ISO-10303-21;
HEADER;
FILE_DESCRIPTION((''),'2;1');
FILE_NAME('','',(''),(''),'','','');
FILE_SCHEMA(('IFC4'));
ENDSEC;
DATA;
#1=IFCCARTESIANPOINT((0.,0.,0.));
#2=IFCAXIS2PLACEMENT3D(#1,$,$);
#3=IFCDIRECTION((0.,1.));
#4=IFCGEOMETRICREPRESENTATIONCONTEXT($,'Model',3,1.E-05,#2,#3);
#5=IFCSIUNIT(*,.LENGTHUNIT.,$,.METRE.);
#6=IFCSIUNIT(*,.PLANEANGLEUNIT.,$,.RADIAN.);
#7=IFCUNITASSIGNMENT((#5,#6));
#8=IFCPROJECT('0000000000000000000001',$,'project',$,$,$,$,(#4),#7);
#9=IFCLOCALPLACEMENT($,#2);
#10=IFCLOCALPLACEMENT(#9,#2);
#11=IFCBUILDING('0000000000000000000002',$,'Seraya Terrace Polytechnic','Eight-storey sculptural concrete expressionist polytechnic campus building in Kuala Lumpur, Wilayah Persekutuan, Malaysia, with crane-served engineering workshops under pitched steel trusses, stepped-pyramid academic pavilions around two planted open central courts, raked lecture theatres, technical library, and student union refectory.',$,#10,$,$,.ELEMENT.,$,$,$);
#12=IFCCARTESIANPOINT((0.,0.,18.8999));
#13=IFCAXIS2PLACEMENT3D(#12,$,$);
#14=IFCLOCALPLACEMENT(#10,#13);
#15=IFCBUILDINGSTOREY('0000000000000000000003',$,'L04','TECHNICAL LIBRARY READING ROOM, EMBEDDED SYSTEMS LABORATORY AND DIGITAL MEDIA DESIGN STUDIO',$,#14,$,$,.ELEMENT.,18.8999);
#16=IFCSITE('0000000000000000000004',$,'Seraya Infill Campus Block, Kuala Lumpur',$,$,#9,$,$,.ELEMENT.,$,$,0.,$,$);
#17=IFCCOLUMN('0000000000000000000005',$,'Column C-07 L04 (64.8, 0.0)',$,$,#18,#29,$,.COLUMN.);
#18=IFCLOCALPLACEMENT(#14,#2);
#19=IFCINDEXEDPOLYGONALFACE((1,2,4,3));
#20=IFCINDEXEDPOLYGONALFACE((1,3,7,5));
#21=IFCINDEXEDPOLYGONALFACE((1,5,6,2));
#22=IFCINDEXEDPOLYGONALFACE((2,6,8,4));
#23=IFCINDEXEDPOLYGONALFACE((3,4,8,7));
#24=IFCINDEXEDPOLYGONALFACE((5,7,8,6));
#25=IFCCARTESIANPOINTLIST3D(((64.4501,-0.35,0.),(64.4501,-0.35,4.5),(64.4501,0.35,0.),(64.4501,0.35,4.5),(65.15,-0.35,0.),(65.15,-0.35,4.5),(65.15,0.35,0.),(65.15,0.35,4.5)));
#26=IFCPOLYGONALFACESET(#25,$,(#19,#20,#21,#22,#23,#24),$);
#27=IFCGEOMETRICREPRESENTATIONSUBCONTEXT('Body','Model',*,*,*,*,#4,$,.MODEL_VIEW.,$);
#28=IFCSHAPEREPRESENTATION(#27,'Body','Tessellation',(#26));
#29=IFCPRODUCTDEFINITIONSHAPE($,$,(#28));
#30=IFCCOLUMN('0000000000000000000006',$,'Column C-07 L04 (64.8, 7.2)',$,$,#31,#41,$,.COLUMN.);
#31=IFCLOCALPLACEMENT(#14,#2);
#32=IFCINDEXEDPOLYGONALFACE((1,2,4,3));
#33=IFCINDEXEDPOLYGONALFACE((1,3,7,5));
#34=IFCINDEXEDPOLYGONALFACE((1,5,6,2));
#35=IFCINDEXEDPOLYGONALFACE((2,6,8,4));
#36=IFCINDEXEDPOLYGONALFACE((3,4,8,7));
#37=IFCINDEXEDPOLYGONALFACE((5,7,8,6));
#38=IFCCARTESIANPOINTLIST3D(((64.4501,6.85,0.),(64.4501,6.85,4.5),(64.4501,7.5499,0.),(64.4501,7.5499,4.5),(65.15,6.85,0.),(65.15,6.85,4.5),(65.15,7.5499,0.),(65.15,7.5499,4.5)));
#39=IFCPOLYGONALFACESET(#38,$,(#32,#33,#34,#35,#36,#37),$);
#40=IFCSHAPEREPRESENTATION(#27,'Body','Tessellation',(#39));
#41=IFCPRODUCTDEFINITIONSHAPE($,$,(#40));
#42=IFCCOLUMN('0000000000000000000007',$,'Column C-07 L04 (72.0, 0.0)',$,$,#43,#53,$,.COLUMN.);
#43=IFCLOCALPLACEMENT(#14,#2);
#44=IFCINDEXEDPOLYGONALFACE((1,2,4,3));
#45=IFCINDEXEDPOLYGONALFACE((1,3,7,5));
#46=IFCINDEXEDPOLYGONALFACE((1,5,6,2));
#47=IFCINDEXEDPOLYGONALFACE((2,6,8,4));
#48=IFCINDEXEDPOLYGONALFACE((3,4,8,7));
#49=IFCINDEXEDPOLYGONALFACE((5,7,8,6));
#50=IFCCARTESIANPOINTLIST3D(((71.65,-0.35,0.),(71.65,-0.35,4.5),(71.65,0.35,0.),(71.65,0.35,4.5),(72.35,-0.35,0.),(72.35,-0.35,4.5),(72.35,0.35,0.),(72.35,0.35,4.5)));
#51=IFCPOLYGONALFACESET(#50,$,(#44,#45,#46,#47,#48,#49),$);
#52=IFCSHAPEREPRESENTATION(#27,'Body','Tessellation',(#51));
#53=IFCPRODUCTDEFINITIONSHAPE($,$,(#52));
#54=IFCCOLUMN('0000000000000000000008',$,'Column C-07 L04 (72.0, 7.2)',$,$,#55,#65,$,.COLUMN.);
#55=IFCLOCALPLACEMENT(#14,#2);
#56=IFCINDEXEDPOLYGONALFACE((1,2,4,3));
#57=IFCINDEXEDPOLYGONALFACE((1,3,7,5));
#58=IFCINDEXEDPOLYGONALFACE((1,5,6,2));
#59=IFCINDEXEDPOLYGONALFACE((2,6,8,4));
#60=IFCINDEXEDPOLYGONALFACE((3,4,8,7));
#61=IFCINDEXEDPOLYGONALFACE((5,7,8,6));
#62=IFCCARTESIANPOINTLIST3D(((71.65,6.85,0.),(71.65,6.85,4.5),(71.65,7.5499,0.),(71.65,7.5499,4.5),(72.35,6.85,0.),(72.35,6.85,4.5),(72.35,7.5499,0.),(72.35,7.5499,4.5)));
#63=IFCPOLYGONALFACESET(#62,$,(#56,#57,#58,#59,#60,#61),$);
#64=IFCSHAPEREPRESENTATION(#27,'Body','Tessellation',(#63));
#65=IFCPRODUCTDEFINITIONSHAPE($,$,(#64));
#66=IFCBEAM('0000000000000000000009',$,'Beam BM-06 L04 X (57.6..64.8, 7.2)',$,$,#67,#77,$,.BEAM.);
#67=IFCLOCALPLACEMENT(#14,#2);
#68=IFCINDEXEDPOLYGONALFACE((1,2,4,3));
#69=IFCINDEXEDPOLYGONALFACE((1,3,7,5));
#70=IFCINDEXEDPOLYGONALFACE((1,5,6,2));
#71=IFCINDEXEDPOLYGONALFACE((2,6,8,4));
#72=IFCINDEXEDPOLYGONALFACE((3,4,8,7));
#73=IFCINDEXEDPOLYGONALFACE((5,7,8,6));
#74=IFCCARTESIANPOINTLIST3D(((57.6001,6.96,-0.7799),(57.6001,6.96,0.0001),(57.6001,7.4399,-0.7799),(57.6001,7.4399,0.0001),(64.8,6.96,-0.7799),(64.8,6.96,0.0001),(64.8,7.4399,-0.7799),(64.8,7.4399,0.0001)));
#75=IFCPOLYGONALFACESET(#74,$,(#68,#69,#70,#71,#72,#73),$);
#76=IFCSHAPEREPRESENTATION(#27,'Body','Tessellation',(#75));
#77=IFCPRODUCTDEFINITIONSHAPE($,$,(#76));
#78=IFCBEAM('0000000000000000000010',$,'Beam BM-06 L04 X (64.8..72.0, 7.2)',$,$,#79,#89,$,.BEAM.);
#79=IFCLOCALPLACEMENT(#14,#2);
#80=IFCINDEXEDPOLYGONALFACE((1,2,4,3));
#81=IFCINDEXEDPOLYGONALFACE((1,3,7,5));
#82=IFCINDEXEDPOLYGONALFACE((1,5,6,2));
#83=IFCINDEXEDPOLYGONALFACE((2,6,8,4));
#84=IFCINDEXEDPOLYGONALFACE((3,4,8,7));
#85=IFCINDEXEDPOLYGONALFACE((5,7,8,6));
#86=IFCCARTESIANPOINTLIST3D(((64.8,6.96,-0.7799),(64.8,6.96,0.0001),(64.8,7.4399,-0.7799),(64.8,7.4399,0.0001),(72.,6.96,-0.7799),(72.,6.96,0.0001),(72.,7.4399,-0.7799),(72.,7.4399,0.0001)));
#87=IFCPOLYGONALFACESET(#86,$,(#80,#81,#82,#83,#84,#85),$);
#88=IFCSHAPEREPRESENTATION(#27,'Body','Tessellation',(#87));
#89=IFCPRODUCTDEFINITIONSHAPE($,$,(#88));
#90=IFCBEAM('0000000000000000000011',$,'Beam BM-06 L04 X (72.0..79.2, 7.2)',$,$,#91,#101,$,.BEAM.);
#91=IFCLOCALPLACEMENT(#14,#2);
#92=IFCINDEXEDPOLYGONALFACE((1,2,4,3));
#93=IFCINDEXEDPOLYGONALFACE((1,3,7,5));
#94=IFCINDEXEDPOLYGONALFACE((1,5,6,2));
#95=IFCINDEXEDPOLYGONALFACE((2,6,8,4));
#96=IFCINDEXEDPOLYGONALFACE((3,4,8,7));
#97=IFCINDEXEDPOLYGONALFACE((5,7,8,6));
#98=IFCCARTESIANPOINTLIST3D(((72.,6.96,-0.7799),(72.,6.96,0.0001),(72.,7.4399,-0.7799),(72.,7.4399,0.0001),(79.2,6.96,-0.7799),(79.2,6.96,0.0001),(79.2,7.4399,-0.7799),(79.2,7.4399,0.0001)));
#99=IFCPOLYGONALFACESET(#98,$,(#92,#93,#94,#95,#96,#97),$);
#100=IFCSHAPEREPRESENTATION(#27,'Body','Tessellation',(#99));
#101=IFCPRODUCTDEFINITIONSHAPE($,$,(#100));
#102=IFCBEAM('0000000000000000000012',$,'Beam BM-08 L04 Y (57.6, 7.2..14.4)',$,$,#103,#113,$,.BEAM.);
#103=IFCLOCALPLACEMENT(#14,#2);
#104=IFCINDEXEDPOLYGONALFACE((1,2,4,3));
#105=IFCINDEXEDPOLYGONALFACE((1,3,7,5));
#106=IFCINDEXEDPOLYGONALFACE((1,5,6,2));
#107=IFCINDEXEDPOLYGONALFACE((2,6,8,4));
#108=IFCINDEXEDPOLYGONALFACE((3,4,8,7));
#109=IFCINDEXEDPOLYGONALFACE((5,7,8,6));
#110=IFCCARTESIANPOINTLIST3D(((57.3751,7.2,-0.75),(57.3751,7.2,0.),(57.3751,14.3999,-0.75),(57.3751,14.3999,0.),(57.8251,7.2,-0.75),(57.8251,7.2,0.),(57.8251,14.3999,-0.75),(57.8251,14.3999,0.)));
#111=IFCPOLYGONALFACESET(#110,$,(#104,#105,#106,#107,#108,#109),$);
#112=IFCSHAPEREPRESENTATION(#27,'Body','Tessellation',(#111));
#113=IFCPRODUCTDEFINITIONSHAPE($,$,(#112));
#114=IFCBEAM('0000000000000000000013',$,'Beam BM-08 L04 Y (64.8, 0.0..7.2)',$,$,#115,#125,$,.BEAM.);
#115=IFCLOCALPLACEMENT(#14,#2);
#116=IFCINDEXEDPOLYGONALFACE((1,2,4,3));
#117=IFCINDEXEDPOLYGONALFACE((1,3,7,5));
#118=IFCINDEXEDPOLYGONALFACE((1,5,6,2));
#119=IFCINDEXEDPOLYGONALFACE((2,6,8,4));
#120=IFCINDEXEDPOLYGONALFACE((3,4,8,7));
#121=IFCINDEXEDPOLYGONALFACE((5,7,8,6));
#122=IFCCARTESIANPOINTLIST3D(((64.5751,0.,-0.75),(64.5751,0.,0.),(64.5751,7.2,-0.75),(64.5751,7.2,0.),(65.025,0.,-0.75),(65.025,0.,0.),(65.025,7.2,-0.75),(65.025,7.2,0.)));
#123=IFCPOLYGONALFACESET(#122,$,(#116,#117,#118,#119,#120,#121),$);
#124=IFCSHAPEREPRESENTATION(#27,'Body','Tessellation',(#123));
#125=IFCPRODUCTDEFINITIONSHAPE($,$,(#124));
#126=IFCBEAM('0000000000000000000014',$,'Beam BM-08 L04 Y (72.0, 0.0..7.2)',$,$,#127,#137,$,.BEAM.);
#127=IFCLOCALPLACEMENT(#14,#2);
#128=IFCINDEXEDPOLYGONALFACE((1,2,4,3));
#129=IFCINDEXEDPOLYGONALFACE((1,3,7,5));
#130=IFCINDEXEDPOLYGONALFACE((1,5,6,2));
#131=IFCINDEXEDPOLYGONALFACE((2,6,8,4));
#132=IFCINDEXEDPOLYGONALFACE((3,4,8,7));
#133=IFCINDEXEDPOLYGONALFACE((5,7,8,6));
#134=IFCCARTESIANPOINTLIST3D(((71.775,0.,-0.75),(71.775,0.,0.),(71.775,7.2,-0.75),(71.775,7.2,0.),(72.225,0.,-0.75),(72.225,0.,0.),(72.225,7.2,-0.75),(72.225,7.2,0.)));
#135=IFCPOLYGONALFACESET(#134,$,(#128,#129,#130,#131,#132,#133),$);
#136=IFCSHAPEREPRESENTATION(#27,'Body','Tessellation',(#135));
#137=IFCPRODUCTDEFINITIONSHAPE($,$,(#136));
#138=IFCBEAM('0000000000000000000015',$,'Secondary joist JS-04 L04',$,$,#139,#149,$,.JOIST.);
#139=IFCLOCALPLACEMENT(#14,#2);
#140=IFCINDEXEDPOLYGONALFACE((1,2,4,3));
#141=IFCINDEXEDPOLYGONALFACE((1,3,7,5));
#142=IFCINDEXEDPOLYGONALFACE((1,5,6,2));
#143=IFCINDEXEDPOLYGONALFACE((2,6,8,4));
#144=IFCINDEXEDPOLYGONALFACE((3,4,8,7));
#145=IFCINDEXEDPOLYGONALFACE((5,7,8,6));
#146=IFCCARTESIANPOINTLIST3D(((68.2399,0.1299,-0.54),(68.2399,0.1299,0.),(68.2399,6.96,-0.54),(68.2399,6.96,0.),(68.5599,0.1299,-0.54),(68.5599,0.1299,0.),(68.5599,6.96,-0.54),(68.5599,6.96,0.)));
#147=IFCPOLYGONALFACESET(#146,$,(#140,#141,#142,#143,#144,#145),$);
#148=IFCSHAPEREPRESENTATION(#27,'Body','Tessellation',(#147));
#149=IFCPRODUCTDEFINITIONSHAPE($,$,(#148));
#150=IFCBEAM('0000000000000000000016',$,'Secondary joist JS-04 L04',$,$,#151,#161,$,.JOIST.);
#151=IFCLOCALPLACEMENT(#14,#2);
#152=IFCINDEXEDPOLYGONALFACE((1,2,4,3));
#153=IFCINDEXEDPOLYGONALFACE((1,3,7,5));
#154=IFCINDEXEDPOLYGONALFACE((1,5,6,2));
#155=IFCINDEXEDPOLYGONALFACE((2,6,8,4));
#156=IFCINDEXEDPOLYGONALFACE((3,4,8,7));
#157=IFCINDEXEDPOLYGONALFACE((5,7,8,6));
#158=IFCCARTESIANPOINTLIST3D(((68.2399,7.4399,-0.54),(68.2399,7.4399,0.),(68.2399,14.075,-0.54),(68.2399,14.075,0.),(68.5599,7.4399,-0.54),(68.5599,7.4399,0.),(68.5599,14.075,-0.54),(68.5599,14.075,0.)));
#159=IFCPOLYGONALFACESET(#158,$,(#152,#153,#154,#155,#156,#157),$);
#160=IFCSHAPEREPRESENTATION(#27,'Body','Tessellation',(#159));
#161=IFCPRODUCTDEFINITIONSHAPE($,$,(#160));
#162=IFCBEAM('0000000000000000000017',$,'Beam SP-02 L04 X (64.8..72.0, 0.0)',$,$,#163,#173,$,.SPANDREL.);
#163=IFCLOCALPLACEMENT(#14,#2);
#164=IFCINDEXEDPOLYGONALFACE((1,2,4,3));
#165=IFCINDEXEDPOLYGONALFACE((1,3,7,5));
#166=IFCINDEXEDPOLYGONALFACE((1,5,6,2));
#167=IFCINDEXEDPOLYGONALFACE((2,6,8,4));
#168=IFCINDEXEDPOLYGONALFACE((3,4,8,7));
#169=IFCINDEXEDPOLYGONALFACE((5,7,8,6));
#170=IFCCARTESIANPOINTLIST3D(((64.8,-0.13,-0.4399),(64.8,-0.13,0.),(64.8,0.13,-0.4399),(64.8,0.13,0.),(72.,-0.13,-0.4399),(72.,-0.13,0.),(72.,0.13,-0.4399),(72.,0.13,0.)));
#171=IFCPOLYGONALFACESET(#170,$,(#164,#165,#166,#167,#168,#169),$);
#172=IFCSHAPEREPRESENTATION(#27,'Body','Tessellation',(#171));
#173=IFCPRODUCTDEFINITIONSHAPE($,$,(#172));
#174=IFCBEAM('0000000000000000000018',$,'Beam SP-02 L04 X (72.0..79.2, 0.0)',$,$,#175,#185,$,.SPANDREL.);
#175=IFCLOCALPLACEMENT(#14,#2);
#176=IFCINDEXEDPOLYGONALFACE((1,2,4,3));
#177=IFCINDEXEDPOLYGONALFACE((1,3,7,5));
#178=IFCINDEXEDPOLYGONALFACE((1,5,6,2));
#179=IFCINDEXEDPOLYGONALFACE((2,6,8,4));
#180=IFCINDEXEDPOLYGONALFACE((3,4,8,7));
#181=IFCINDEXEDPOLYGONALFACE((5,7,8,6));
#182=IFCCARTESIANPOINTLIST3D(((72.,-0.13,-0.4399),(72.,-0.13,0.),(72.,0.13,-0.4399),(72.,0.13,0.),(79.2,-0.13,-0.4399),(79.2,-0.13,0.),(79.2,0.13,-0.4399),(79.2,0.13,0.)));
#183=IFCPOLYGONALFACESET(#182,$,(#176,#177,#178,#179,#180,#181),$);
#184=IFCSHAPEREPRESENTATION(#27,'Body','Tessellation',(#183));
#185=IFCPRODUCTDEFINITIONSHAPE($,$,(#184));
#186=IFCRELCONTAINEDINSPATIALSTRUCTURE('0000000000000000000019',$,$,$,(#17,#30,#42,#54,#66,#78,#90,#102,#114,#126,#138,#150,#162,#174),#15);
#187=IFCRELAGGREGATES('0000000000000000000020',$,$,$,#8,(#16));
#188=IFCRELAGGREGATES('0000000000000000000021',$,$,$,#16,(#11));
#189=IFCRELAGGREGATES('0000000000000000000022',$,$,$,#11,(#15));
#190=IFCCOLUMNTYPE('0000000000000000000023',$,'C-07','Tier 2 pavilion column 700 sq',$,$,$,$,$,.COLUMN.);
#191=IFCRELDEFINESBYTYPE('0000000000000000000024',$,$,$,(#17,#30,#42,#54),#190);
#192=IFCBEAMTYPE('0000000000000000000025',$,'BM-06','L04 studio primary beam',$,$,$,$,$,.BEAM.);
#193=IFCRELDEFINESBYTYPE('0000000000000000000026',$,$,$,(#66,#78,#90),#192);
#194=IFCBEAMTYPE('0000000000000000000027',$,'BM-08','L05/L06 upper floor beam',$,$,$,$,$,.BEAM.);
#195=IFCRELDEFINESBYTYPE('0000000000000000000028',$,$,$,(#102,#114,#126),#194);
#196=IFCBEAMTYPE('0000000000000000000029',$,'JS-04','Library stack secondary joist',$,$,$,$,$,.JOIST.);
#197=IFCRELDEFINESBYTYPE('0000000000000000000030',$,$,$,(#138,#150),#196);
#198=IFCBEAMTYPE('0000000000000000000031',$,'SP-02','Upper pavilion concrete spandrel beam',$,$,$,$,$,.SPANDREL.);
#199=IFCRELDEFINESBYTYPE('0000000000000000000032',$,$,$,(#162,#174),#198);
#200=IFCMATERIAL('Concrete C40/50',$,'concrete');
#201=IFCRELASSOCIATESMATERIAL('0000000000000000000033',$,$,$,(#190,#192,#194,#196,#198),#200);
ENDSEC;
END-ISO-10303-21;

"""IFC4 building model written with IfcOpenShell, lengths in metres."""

from ifc_helpers import new_model, si_unit, direction, frame, origin, origin_2d, place, context, subcontext, project, spatial, rectangle, extrude, material, material_profile, profile_set, type_object, element, save


model = new_model("IFC4")

# Units and contexts
model_context = context("Model", 3, precision=1e-05, world=origin(), true_north=direction((0.0, 1.0)))
body_context = subcontext(model_context, "Body", "Model", "MODEL_VIEW")
ifc_project = project(units=[si_unit("LENGTHUNIT", "METRE"), si_unit("PLANEANGLEUNIT", "RADIAN")], contexts=[model_context])

# Site, building, storey
site_placement = place(None, origin())
site = spatial("IfcSite", under=ifc_project, at=site_placement, Name="Seraya Infill Campus Block, Kuala Lumpur", CompositionType="ELEMENT", RefElevation=0.0)
building_placement = place(site_placement, origin())
building = spatial("IfcBuilding", under=site, at=building_placement, Name="Seraya Terrace Polytechnic", Description="Eight-storey sculptural concrete expressionist polytechnic campus building in Kuala Lumpur, Wilayah Persekutuan, Malaysia, with crane-served engineering workshops under pitched steel trusses, stepped-pyramid academic pavilions around two planted open central courts, raked lecture theatres, technical library, and student union refectory.", CompositionType="ELEMENT")
storey_placement = place(building_placement, frame((0.0, 0.0, 18.8999)))
storey = spatial("IfcBuildingStorey", under=building, at=storey_placement, Name="L04", Description="TECHNICAL LIBRARY READING ROOM, EMBEDDED SYSTEMS LABORATORY AND DIGITAL MEDIA DESIGN STUDIO", CompositionType="ELEMENT", Elevation=18.8999)

# Columns
ifc_material_1 = material(Name="Concrete C40/50", Category="concrete")
ifc_material_profile_1 = material_profile(ifc_material_1, rectangle(XDim=0.7, YDim=0.7, at=origin_2d()), Name="RC 700x700")
ifc_profile_set_1 = profile_set([ifc_material_profile_1], Name="Concrete C40/50")
column_type = type_object("IfcColumnType", Name="C-07", Description="Tier 2 pavilion column 700 sq", PredefinedType="COLUMN", material=ifc_profile_set_1)
for number, where, z_axis, x_axis, name in (
    (1, (64.8, 0.0, 0.0), (0.0, 0.0, 1.0), (1.0, 0.0, 0.0), "Column C-07 L04 (64.8, 0.0)"),
    (2, (64.8, 7.2, 0.0), (0.0, 0.0, 1.0), (1.0, 0.0, 0.0), "Column C-07 L04 (64.8, 7.2)"),
    (3, (72.0, 0.0, 0.0), (0.0, 0.0, 1.0), (1.0, 0.0, 0.0), "Column C-07 L04 (72.0, 0.0)"),
    (4, (72.0, 7.2, 0.0), (0.0, 0.0, 1.0), (1.0, 0.0, 0.0), "Column C-07 L04 (72.0, 7.2)"),
):
    element("IfcColumn", number, at=place(storey_placement, frame(where, z_axis=z_axis, x_axis=x_axis)), inside=storey, type_object=column_type, Name=name, PredefinedType="COLUMN", context=body_context, shape_type="SweptSolid", body=[
        extrude(rectangle(XDim=0.7, YDim=0.7, at=origin_2d()), origin(), (0.0, 0.0, 1.0), 4.5),
    ])

# Beams
ifc_material_profile_2 = material_profile(ifc_material_1, rectangle(XDim=0.48, YDim=0.78, at=origin_2d()), Name="RC 480x780")
ifc_profile_set_2 = profile_set([ifc_material_profile_2], Name="Concrete C40/50")
beam_type_1 = type_object("IfcBeamType", Name="BM-06", Description="L04 studio primary beam", PredefinedType="BEAM", material=ifc_profile_set_2)
for number, where, z_axis, x_axis, name in (
    (5, (57.6001, 7.2, -0.3899), (1.0, 0.0, 0.0), (0.0, 1.0, 0.0), "Beam BM-06 L04 X (57.6..64.8, 7.2)"),
    (6, (64.8, 7.2, -0.3899), (1.0, 0.0, 0.0), (0.0, 1.0, 0.0), "Beam BM-06 L04 X (64.8..72.0, 7.2)"),
    (7, (72.0, 7.2, -0.3899), (1.0, 0.0, 0.0), (0.0, 1.0, 0.0), "Beam BM-06 L04 X (72.0..79.2, 7.2)"),
):
    element("IfcBeam", number, at=place(storey_placement, frame(where, z_axis=z_axis, x_axis=x_axis)), inside=storey, type_object=beam_type_1, Name=name, PredefinedType="BEAM", context=body_context, shape_type="SweptSolid", body=[
        extrude(rectangle(XDim=0.48, YDim=0.78, at=origin_2d()), origin(), (0.0, 0.0, 1.0), 7.2),
    ])
ifc_material_profile_3 = material_profile(ifc_material_1, rectangle(XDim=0.45, YDim=0.75, at=origin_2d()), Name="RC 450x750")
ifc_profile_set_3 = profile_set([ifc_material_profile_3], Name="Concrete C40/50")
beam_type_2 = type_object("IfcBeamType", Name="BM-08", Description="L05/L06 upper floor beam", PredefinedType="BEAM", material=ifc_profile_set_3)
for number, where, z_axis, x_axis, name in (
    (8, (57.6001, 7.2, -0.375), (0.0, 1.0, 0.0), (-1.0, 0.0, 0.0), "Beam BM-08 L04 Y (57.6, 7.2..14.4)"),
    (9, (64.8, 0.0, -0.375), (0.0, 1.0, 0.0), (-1.0, 0.0, 0.0), "Beam BM-08 L04 Y (64.8, 0.0..7.2)"),
    (10, (72.0, 0.0, -0.375), (0.0, 1.0, 0.0), (-1.0, 0.0, 0.0), "Beam BM-08 L04 Y (72.0, 0.0..7.2)"),
):
    element("IfcBeam", number, at=place(storey_placement, frame(where, z_axis=z_axis, x_axis=x_axis)), inside=storey, type_object=beam_type_2, Name=name, PredefinedType="BEAM", context=body_context, shape_type="SweptSolid", body=[
        extrude(rectangle(XDim=0.45, YDim=0.75, at=origin_2d()), origin(), (0.0, 0.0, 1.0), 7.2),
    ])
ifc_material_profile_4 = material_profile(ifc_material_1, rectangle(XDim=0.3201, YDim=0.54, at=origin_2d()), Name="RC 320x540")
ifc_profile_set_4 = profile_set([ifc_material_profile_4], Name="Concrete C40/50")
beam_type_3 = type_object("IfcBeamType", Name="JS-04", Description="Library stack secondary joist", PredefinedType="JOIST", material=ifc_profile_set_4)
beam_1_placement = place(storey_placement, frame((68.3999, 0.1299, -0.27), z_axis=(0.0, 1.0, 0.0), x_axis=(-1.0, 0.0, 0.0)))
element("IfcBeam", 11, at=beam_1_placement, inside=storey, type_object=beam_type_3, Name="Secondary joist JS-04 L04", PredefinedType="JOIST", context=body_context, shape_type="SweptSolid", body=[
    extrude(rectangle(XDim=0.3201, YDim=0.54, at=origin_2d()), origin(), (0.0, 0.0, 1.0), 6.8301),
])
beam_2_placement = place(storey_placement, frame((68.3999, 7.4399, -0.27), z_axis=(0.0, 1.0, 0.0), x_axis=(-1.0, 0.0, 0.0)))
element("IfcBeam", 12, at=beam_2_placement, inside=storey, type_object=beam_type_3, Name="Secondary joist JS-04 L04", PredefinedType="JOIST", context=body_context, shape_type="SweptSolid", body=[
    extrude(rectangle(XDim=0.3201, YDim=0.54, at=origin_2d()), origin(), (0.0, 0.0, 1.0), 6.635),
])
ifc_material_profile_5 = material_profile(ifc_material_1, rectangle(XDim=0.26, YDim=0.4399, at=origin_2d()), Name="RC 260x440")
ifc_profile_set_5 = profile_set([ifc_material_profile_5], Name="Concrete C40/50")
beam_type_4 = type_object("IfcBeamType", Name="SP-02", Description="Upper pavilion concrete spandrel beam", PredefinedType="SPANDREL", material=ifc_profile_set_5)
for number, where, z_axis, x_axis, name in (
    (13, (64.8, 0.0, -0.22), (1.0, 0.0, 0.0), (0.0, 1.0, 0.0), "Beam SP-02 L04 X (64.8..72.0, 0.0)"),
    (14, (72.0, 0.0, -0.22), (1.0, 0.0, 0.0), (0.0, 1.0, 0.0), "Beam SP-02 L04 X (72.0..79.2, 0.0)"),
):
    element("IfcBeam", number, at=place(storey_placement, frame(where, z_axis=z_axis, x_axis=x_axis)), inside=storey, type_object=beam_type_4, Name=name, PredefinedType="SPANDREL", context=body_context, shape_type="SweptSolid", body=[
        extrude(rectangle(XDim=0.26, YDim=0.4399, at=origin_2d()), origin(), (0.0, 0.0, 1.0), 7.2),
    ])

save(model, "model.ifc")
